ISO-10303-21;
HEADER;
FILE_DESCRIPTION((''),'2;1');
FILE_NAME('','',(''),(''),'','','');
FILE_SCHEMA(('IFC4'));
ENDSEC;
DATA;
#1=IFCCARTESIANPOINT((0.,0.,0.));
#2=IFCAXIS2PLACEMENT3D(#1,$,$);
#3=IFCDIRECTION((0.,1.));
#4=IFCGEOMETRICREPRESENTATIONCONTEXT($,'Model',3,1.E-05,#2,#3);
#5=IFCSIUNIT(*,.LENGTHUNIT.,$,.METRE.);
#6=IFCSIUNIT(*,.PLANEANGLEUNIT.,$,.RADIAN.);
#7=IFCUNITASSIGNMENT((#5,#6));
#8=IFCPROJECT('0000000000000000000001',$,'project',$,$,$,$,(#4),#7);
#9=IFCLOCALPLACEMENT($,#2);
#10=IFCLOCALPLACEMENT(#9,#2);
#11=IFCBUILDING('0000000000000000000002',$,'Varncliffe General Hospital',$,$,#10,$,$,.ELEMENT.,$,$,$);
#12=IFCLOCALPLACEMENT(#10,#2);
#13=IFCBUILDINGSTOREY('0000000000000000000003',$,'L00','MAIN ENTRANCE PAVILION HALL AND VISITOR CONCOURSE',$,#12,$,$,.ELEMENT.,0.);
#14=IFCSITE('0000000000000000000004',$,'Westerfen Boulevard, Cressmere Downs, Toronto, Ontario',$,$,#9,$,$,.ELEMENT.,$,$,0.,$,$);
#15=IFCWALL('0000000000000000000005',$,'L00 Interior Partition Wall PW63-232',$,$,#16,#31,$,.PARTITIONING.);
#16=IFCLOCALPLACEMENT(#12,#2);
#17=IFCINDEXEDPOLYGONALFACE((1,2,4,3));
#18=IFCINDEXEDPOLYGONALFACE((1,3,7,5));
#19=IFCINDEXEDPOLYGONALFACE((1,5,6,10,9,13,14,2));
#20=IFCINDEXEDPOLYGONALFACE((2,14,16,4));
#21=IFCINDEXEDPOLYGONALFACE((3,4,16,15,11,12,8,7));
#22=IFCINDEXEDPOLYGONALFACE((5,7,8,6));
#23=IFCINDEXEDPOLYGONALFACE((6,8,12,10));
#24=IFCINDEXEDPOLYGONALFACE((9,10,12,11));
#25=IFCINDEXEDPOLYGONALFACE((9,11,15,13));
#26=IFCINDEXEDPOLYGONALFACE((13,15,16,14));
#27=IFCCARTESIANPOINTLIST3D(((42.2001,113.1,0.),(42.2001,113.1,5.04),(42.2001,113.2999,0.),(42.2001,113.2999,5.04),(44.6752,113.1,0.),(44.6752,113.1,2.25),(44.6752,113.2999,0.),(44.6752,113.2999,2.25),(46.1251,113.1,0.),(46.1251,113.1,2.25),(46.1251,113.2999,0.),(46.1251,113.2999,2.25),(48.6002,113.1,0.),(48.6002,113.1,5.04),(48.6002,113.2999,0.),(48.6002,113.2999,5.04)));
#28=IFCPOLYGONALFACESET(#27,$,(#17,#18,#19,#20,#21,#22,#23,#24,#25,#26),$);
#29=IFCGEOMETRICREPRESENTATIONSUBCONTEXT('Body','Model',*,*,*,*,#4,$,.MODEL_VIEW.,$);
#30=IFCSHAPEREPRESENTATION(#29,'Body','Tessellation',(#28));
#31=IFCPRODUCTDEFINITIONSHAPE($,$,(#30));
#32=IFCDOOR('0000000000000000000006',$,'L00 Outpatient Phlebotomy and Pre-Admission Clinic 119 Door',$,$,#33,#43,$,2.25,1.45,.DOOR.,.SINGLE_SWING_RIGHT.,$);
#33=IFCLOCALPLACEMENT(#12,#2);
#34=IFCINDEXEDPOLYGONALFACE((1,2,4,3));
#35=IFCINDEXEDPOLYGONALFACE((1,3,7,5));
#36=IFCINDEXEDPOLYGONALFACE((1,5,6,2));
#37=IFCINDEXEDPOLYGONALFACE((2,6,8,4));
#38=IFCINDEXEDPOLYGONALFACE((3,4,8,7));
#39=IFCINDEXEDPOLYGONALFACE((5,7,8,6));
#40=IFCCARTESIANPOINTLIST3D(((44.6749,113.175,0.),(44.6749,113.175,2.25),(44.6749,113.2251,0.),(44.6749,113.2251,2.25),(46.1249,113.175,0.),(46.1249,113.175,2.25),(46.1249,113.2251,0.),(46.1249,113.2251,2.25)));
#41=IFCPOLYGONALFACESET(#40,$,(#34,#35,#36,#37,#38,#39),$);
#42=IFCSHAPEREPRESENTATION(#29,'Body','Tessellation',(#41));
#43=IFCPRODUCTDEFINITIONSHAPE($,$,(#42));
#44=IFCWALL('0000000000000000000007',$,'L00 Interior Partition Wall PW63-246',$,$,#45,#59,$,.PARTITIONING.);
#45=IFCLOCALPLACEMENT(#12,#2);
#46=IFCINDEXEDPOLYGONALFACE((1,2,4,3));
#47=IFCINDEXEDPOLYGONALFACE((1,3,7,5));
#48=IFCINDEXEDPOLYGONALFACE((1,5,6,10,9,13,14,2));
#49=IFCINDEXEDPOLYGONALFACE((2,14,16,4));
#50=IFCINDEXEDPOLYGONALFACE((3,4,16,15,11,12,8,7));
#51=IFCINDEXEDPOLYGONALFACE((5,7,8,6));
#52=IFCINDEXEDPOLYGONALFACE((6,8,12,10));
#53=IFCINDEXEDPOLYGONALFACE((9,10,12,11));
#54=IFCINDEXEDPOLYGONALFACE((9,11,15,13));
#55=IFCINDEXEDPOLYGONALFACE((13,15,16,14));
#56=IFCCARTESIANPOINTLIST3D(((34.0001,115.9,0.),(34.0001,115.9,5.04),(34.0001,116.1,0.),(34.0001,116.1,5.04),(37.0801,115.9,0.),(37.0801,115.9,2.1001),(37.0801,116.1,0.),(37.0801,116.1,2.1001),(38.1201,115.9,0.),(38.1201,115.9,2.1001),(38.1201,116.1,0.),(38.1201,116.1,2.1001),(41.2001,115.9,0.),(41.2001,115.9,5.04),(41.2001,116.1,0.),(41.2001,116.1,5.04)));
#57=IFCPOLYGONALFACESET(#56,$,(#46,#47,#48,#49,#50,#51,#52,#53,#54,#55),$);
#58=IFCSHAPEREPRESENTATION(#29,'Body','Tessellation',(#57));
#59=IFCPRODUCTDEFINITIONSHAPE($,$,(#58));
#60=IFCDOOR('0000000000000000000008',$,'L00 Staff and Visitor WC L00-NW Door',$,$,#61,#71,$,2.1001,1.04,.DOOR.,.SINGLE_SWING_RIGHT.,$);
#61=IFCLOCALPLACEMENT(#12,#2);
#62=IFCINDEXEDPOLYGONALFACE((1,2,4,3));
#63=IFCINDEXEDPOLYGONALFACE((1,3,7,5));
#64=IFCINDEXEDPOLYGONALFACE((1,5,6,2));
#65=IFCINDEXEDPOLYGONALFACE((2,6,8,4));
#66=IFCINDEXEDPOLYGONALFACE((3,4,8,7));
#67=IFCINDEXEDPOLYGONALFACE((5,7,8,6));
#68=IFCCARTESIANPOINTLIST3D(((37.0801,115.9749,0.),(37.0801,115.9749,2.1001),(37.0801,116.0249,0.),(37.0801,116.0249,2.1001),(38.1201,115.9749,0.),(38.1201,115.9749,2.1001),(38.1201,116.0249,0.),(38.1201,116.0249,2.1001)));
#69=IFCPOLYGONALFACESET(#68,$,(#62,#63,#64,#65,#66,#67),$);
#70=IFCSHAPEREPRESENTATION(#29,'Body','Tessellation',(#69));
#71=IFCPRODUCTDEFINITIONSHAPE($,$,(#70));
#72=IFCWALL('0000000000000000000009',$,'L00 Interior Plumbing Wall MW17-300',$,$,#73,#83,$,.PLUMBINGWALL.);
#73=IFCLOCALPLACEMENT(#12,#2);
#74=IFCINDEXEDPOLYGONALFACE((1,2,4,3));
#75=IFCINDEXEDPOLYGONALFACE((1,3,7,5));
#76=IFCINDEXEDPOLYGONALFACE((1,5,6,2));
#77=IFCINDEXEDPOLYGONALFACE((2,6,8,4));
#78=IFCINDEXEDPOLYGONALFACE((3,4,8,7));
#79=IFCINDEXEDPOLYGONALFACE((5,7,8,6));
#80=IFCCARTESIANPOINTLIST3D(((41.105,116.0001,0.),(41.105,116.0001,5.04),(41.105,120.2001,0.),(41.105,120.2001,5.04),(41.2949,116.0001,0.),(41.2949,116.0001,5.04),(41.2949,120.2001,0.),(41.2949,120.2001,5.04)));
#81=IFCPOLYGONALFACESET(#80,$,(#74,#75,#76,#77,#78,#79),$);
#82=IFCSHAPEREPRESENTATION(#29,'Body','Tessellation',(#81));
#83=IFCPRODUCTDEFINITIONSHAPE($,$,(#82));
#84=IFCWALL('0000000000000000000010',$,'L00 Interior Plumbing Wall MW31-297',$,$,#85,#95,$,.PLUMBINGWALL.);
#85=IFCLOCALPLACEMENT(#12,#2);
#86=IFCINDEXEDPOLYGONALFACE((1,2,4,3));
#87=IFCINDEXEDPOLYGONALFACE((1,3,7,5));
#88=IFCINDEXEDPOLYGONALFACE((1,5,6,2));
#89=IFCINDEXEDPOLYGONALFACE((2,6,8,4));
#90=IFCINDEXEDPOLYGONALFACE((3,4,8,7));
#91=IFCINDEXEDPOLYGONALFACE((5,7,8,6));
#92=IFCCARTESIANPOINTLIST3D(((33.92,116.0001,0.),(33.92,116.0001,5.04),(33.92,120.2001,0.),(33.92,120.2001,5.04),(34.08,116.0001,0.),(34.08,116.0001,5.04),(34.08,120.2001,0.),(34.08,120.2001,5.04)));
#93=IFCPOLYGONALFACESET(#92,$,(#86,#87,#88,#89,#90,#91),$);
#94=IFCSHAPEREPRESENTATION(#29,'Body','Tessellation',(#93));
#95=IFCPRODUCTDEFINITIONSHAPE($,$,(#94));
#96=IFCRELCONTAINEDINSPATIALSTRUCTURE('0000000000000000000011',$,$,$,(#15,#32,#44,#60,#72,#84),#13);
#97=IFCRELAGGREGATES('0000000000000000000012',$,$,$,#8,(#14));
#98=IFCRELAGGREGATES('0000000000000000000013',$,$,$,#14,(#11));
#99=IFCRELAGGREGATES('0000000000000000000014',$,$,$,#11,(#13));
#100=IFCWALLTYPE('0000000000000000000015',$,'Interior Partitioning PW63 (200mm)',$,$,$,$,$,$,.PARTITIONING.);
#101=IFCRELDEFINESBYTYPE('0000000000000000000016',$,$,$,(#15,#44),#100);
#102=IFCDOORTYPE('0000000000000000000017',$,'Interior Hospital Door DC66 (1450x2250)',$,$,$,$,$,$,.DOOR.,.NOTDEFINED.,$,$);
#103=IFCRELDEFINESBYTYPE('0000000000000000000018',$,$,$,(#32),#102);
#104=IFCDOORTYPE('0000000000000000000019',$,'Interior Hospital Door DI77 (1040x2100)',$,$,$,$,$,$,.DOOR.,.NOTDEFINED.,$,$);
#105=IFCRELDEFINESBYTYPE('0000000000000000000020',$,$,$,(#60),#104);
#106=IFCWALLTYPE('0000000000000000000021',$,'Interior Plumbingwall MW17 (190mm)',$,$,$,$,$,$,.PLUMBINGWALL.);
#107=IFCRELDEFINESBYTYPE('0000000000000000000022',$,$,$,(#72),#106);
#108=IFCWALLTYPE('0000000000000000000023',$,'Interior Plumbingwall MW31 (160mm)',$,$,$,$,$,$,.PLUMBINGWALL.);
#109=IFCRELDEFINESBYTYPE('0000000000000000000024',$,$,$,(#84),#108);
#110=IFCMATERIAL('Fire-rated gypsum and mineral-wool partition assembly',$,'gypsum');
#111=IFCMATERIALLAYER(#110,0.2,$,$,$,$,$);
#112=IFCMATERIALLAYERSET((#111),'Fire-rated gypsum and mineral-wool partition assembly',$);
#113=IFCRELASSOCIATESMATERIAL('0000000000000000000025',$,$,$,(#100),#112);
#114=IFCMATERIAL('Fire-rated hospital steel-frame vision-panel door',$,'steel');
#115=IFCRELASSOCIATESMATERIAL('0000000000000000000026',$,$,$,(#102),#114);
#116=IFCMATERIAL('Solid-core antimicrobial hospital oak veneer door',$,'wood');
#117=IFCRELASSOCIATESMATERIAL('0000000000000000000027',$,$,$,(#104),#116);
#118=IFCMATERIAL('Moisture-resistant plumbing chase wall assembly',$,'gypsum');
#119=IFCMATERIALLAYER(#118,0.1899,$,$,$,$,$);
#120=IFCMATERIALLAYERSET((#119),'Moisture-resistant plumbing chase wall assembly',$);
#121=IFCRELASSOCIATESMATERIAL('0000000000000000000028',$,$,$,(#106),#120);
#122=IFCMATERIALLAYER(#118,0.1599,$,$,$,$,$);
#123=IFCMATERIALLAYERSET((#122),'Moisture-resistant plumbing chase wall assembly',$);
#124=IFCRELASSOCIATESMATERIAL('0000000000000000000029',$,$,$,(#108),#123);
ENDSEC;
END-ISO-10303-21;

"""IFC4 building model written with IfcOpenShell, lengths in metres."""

from ifc_helpers import new_model, si_unit, direction, frame, frame_2d, origin, place, context, subcontext, project, spatial, rectangle, extrude, material, layer, layer_set, type_object, element, fill, save


model = new_model("IFC4")

# Units and contexts
model_context = context("Model", 3, precision=1e-05, world=origin(), true_north=direction((0.0, 1.0)))
body_context = subcontext(model_context, "Body", "Model", "MODEL_VIEW")
ifc_project = project(units=[si_unit("LENGTHUNIT", "METRE"), si_unit("PLANEANGLEUNIT", "RADIAN")], contexts=[model_context])

# Site, building, storey
site_placement = place(None, origin())
site = spatial("IfcSite", under=ifc_project, at=site_placement, Name="Westerfen Boulevard, Cressmere Downs, Toronto, Ontario", CompositionType="ELEMENT", RefElevation=0.0)
building_placement = place(site_placement, origin())
building = spatial("IfcBuilding", under=site, at=building_placement, Name="Varncliffe General Hospital", CompositionType="ELEMENT")
storey_placement = place(building_placement, origin())
storey = spatial("IfcBuildingStorey", under=building, at=storey_placement, Name="L00", Description="MAIN ENTRANCE PAVILION HALL AND VISITOR CONCOURSE", CompositionType="ELEMENT", Elevation=0.0)

# Shared definitions
ifc_material_1 = material(Name="Fire-rated gypsum and mineral-wool partition assembly", Category="gypsum")
ifc_material_2 = material(Name="Fire-rated hospital steel-frame vision-panel door", Category="steel")

# Walls, openings, doors
ifc_layer_1 = layer(ifc_material_1, 0.2)
ifc_layer_set_1 = layer_set([ifc_layer_1], Name="Fire-rated gypsum and mineral-wool partition assembly")
wall_type_1 = type_object("IfcWallType", Name="Interior Partitioning PW63 (200mm)", PredefinedType="PARTITIONING", material=ifc_layer_set_1)
wall_1_placement = place(storey_placement, frame((42.2, 113.2, 0.0), z_axis=(0.0, 0.0, 1.0), x_axis=(1.0, 0.0, 0.0)))
wall_1 = element("IfcWall", 1, at=wall_1_placement, inside=storey, type_object=wall_type_1, Name="L00 Interior Partition Wall PW63-232", PredefinedType="PARTITIONING", context=body_context, shape_type="SweptSolid", body=[
    extrude(rectangle(XDim=6.4001, YDim=0.2, at=frame_2d((3.2002, 0.0))), origin(), (0.0, 0.0, 1.0), 5.04),
])
opening_1_placement = place(wall_1_placement, frame((2.4751, 0.0, 0.0)))
opening_1 = element("IfcOpeningElement", 2, at=opening_1_placement, cuts=wall_1, PredefinedType="OPENING", context=body_context, shape_type="SweptSolid", body=[
    extrude(rectangle(XDim=1.45, YDim=2.25, at=frame_2d((0.7251, 1.125))), frame((0.0, 0.1099, 0.0), z_axis=(0.0, -1.0, 0.0), x_axis=(1.0, 0.0, 0.0)), (0.0, 0.0, 1.0), 0.22),
])
door_type_1 = type_object("IfcDoorType", Name="Interior Hospital Door DC66 (1450x2250)", OperationType="NOTDEFINED", PredefinedType="DOOR", material=ifc_material_2)
door_1_placement = place(opening_1_placement, frame((1.45, 0.0, 0.0), z_axis=(0.0, 0.0, 1.0), x_axis=(-1.0, 0.0, 0.0)))
door_1 = element("IfcDoor", 3, at=door_1_placement, inside=storey, type_object=door_type_1, Name="L00 Outpatient Phlebotomy and Pre-Admission Clinic 119 Door", OperationType="SINGLE_SWING_RIGHT", OverallHeight=2.25, OverallWidth=1.45, PredefinedType="DOOR", context=body_context, shape_type="SweptSolid", body=[
    extrude(rectangle(XDim=1.45, YDim=2.25, at=frame_2d((0.7251, 1.125))), frame((0.0, 0.0249, 0.0), z_axis=(0.0, -1.0, 0.0), x_axis=(1.0, 0.0, 0.0)), (0.0, 0.0, 1.0), 0.05),
])
fill(opening_1, door_1)
wall_2_placement = place(storey_placement, frame((34.0, 116.0, 0.0), z_axis=(0.0, 0.0, 1.0), x_axis=(1.0, 0.0, 0.0)))
wall_2 = element("IfcWall", 4, at=wall_2_placement, inside=storey, type_object=wall_type_1, Name="L00 Interior Partition Wall PW63-246", PredefinedType="PARTITIONING", context=body_context, shape_type="SweptSolid", body=[
    extrude(rectangle(XDim=7.2, YDim=0.2, at=frame_2d((3.6001, 0.0))), origin(), (0.0, 0.0, 1.0), 5.04),
])
opening_2_placement = place(wall_2_placement, frame((3.0801, 0.0, 0.0)))
opening_2 = element("IfcOpeningElement", 5, at=opening_2_placement, cuts=wall_2, PredefinedType="OPENING", context=body_context, shape_type="SweptSolid", body=[
    extrude(rectangle(XDim=1.04, YDim=2.1001, at=frame_2d((0.52, 1.05))), frame((0.0, 0.1099, 0.0), z_axis=(0.0, -1.0, 0.0), x_axis=(1.0, 0.0, 0.0)), (0.0, 0.0, 1.0), 0.22),
])
ifc_material_3 = material(Name="Solid-core antimicrobial hospital oak veneer door", Category="wood")
door_type_2 = type_object("IfcDoorType", Name="Interior Hospital Door DI77 (1040x2100)", OperationType="NOTDEFINED", PredefinedType="DOOR", material=ifc_material_3)
door_2_placement = place(opening_2_placement, origin())
door_2 = element("IfcDoor", 6, at=door_2_placement, inside=storey, type_object=door_type_2, Name="L00 Staff and Visitor WC L00-NW Door", OperationType="SINGLE_SWING_RIGHT", OverallHeight=2.1001, OverallWidth=1.04, PredefinedType="DOOR", context=body_context, shape_type="SweptSolid", body=[
    extrude(rectangle(XDim=1.04, YDim=2.1001, at=frame_2d((0.52, 1.05))), frame((0.0, 0.0249, 0.0), z_axis=(0.0, -1.0, 0.0), x_axis=(1.0, 0.0, 0.0)), (0.0, 0.0, 1.0), 0.05),
])
fill(opening_2, door_2)

# Walls
ifc_material_4 = material(Name="Moisture-resistant plumbing chase wall assembly", Category="gypsum")
ifc_layer_2 = layer(ifc_material_4, 0.1899)
ifc_layer_set_2 = layer_set([ifc_layer_2], Name="Moisture-resistant plumbing chase wall assembly")
wall_type_2 = type_object("IfcWallType", Name="Interior Plumbingwall MW17 (190mm)", PredefinedType="PLUMBINGWALL", material=ifc_layer_set_2)
wall_3_placement = place(storey_placement, frame((41.2, 116.0, 0.0), z_axis=(0.0, 0.0, 1.0), x_axis=(0.0, 1.0, 0.0)))
element("IfcWall", 7, at=wall_3_placement, inside=storey, type_object=wall_type_2, Name="L00 Interior Plumbing Wall MW17-300", PredefinedType="PLUMBINGWALL", context=body_context, shape_type="SweptSolid", body=[
    extrude(rectangle(XDim=4.2, YDim=0.1899, at=frame_2d((2.1001, 0.0))), origin(), (0.0, 0.0, 1.0), 5.04),
])
ifc_layer_3 = layer(ifc_material_4, 0.1599)
ifc_layer_set_3 = layer_set([ifc_layer_3], Name="Moisture-resistant plumbing chase wall assembly")
wall_type_3 = type_object("IfcWallType", Name="Interior Plumbingwall MW31 (160mm)", PredefinedType="PLUMBINGWALL", material=ifc_layer_set_3)
wall_4_placement = place(storey_placement, frame((34.0, 116.0, 0.0), z_axis=(0.0, 0.0, 1.0), x_axis=(0.0, 1.0, 0.0)))
element("IfcWall", 8, at=wall_4_placement, inside=storey, type_object=wall_type_3, Name="L00 Interior Plumbing Wall MW31-297", PredefinedType="PLUMBINGWALL", context=body_context, shape_type="SweptSolid", body=[
    extrude(rectangle(XDim=4.2, YDim=0.1599, at=frame_2d((2.1001, 0.0))), origin(), (0.0, 0.0, 1.0), 5.04),
])

save(model, "model.ifc")
